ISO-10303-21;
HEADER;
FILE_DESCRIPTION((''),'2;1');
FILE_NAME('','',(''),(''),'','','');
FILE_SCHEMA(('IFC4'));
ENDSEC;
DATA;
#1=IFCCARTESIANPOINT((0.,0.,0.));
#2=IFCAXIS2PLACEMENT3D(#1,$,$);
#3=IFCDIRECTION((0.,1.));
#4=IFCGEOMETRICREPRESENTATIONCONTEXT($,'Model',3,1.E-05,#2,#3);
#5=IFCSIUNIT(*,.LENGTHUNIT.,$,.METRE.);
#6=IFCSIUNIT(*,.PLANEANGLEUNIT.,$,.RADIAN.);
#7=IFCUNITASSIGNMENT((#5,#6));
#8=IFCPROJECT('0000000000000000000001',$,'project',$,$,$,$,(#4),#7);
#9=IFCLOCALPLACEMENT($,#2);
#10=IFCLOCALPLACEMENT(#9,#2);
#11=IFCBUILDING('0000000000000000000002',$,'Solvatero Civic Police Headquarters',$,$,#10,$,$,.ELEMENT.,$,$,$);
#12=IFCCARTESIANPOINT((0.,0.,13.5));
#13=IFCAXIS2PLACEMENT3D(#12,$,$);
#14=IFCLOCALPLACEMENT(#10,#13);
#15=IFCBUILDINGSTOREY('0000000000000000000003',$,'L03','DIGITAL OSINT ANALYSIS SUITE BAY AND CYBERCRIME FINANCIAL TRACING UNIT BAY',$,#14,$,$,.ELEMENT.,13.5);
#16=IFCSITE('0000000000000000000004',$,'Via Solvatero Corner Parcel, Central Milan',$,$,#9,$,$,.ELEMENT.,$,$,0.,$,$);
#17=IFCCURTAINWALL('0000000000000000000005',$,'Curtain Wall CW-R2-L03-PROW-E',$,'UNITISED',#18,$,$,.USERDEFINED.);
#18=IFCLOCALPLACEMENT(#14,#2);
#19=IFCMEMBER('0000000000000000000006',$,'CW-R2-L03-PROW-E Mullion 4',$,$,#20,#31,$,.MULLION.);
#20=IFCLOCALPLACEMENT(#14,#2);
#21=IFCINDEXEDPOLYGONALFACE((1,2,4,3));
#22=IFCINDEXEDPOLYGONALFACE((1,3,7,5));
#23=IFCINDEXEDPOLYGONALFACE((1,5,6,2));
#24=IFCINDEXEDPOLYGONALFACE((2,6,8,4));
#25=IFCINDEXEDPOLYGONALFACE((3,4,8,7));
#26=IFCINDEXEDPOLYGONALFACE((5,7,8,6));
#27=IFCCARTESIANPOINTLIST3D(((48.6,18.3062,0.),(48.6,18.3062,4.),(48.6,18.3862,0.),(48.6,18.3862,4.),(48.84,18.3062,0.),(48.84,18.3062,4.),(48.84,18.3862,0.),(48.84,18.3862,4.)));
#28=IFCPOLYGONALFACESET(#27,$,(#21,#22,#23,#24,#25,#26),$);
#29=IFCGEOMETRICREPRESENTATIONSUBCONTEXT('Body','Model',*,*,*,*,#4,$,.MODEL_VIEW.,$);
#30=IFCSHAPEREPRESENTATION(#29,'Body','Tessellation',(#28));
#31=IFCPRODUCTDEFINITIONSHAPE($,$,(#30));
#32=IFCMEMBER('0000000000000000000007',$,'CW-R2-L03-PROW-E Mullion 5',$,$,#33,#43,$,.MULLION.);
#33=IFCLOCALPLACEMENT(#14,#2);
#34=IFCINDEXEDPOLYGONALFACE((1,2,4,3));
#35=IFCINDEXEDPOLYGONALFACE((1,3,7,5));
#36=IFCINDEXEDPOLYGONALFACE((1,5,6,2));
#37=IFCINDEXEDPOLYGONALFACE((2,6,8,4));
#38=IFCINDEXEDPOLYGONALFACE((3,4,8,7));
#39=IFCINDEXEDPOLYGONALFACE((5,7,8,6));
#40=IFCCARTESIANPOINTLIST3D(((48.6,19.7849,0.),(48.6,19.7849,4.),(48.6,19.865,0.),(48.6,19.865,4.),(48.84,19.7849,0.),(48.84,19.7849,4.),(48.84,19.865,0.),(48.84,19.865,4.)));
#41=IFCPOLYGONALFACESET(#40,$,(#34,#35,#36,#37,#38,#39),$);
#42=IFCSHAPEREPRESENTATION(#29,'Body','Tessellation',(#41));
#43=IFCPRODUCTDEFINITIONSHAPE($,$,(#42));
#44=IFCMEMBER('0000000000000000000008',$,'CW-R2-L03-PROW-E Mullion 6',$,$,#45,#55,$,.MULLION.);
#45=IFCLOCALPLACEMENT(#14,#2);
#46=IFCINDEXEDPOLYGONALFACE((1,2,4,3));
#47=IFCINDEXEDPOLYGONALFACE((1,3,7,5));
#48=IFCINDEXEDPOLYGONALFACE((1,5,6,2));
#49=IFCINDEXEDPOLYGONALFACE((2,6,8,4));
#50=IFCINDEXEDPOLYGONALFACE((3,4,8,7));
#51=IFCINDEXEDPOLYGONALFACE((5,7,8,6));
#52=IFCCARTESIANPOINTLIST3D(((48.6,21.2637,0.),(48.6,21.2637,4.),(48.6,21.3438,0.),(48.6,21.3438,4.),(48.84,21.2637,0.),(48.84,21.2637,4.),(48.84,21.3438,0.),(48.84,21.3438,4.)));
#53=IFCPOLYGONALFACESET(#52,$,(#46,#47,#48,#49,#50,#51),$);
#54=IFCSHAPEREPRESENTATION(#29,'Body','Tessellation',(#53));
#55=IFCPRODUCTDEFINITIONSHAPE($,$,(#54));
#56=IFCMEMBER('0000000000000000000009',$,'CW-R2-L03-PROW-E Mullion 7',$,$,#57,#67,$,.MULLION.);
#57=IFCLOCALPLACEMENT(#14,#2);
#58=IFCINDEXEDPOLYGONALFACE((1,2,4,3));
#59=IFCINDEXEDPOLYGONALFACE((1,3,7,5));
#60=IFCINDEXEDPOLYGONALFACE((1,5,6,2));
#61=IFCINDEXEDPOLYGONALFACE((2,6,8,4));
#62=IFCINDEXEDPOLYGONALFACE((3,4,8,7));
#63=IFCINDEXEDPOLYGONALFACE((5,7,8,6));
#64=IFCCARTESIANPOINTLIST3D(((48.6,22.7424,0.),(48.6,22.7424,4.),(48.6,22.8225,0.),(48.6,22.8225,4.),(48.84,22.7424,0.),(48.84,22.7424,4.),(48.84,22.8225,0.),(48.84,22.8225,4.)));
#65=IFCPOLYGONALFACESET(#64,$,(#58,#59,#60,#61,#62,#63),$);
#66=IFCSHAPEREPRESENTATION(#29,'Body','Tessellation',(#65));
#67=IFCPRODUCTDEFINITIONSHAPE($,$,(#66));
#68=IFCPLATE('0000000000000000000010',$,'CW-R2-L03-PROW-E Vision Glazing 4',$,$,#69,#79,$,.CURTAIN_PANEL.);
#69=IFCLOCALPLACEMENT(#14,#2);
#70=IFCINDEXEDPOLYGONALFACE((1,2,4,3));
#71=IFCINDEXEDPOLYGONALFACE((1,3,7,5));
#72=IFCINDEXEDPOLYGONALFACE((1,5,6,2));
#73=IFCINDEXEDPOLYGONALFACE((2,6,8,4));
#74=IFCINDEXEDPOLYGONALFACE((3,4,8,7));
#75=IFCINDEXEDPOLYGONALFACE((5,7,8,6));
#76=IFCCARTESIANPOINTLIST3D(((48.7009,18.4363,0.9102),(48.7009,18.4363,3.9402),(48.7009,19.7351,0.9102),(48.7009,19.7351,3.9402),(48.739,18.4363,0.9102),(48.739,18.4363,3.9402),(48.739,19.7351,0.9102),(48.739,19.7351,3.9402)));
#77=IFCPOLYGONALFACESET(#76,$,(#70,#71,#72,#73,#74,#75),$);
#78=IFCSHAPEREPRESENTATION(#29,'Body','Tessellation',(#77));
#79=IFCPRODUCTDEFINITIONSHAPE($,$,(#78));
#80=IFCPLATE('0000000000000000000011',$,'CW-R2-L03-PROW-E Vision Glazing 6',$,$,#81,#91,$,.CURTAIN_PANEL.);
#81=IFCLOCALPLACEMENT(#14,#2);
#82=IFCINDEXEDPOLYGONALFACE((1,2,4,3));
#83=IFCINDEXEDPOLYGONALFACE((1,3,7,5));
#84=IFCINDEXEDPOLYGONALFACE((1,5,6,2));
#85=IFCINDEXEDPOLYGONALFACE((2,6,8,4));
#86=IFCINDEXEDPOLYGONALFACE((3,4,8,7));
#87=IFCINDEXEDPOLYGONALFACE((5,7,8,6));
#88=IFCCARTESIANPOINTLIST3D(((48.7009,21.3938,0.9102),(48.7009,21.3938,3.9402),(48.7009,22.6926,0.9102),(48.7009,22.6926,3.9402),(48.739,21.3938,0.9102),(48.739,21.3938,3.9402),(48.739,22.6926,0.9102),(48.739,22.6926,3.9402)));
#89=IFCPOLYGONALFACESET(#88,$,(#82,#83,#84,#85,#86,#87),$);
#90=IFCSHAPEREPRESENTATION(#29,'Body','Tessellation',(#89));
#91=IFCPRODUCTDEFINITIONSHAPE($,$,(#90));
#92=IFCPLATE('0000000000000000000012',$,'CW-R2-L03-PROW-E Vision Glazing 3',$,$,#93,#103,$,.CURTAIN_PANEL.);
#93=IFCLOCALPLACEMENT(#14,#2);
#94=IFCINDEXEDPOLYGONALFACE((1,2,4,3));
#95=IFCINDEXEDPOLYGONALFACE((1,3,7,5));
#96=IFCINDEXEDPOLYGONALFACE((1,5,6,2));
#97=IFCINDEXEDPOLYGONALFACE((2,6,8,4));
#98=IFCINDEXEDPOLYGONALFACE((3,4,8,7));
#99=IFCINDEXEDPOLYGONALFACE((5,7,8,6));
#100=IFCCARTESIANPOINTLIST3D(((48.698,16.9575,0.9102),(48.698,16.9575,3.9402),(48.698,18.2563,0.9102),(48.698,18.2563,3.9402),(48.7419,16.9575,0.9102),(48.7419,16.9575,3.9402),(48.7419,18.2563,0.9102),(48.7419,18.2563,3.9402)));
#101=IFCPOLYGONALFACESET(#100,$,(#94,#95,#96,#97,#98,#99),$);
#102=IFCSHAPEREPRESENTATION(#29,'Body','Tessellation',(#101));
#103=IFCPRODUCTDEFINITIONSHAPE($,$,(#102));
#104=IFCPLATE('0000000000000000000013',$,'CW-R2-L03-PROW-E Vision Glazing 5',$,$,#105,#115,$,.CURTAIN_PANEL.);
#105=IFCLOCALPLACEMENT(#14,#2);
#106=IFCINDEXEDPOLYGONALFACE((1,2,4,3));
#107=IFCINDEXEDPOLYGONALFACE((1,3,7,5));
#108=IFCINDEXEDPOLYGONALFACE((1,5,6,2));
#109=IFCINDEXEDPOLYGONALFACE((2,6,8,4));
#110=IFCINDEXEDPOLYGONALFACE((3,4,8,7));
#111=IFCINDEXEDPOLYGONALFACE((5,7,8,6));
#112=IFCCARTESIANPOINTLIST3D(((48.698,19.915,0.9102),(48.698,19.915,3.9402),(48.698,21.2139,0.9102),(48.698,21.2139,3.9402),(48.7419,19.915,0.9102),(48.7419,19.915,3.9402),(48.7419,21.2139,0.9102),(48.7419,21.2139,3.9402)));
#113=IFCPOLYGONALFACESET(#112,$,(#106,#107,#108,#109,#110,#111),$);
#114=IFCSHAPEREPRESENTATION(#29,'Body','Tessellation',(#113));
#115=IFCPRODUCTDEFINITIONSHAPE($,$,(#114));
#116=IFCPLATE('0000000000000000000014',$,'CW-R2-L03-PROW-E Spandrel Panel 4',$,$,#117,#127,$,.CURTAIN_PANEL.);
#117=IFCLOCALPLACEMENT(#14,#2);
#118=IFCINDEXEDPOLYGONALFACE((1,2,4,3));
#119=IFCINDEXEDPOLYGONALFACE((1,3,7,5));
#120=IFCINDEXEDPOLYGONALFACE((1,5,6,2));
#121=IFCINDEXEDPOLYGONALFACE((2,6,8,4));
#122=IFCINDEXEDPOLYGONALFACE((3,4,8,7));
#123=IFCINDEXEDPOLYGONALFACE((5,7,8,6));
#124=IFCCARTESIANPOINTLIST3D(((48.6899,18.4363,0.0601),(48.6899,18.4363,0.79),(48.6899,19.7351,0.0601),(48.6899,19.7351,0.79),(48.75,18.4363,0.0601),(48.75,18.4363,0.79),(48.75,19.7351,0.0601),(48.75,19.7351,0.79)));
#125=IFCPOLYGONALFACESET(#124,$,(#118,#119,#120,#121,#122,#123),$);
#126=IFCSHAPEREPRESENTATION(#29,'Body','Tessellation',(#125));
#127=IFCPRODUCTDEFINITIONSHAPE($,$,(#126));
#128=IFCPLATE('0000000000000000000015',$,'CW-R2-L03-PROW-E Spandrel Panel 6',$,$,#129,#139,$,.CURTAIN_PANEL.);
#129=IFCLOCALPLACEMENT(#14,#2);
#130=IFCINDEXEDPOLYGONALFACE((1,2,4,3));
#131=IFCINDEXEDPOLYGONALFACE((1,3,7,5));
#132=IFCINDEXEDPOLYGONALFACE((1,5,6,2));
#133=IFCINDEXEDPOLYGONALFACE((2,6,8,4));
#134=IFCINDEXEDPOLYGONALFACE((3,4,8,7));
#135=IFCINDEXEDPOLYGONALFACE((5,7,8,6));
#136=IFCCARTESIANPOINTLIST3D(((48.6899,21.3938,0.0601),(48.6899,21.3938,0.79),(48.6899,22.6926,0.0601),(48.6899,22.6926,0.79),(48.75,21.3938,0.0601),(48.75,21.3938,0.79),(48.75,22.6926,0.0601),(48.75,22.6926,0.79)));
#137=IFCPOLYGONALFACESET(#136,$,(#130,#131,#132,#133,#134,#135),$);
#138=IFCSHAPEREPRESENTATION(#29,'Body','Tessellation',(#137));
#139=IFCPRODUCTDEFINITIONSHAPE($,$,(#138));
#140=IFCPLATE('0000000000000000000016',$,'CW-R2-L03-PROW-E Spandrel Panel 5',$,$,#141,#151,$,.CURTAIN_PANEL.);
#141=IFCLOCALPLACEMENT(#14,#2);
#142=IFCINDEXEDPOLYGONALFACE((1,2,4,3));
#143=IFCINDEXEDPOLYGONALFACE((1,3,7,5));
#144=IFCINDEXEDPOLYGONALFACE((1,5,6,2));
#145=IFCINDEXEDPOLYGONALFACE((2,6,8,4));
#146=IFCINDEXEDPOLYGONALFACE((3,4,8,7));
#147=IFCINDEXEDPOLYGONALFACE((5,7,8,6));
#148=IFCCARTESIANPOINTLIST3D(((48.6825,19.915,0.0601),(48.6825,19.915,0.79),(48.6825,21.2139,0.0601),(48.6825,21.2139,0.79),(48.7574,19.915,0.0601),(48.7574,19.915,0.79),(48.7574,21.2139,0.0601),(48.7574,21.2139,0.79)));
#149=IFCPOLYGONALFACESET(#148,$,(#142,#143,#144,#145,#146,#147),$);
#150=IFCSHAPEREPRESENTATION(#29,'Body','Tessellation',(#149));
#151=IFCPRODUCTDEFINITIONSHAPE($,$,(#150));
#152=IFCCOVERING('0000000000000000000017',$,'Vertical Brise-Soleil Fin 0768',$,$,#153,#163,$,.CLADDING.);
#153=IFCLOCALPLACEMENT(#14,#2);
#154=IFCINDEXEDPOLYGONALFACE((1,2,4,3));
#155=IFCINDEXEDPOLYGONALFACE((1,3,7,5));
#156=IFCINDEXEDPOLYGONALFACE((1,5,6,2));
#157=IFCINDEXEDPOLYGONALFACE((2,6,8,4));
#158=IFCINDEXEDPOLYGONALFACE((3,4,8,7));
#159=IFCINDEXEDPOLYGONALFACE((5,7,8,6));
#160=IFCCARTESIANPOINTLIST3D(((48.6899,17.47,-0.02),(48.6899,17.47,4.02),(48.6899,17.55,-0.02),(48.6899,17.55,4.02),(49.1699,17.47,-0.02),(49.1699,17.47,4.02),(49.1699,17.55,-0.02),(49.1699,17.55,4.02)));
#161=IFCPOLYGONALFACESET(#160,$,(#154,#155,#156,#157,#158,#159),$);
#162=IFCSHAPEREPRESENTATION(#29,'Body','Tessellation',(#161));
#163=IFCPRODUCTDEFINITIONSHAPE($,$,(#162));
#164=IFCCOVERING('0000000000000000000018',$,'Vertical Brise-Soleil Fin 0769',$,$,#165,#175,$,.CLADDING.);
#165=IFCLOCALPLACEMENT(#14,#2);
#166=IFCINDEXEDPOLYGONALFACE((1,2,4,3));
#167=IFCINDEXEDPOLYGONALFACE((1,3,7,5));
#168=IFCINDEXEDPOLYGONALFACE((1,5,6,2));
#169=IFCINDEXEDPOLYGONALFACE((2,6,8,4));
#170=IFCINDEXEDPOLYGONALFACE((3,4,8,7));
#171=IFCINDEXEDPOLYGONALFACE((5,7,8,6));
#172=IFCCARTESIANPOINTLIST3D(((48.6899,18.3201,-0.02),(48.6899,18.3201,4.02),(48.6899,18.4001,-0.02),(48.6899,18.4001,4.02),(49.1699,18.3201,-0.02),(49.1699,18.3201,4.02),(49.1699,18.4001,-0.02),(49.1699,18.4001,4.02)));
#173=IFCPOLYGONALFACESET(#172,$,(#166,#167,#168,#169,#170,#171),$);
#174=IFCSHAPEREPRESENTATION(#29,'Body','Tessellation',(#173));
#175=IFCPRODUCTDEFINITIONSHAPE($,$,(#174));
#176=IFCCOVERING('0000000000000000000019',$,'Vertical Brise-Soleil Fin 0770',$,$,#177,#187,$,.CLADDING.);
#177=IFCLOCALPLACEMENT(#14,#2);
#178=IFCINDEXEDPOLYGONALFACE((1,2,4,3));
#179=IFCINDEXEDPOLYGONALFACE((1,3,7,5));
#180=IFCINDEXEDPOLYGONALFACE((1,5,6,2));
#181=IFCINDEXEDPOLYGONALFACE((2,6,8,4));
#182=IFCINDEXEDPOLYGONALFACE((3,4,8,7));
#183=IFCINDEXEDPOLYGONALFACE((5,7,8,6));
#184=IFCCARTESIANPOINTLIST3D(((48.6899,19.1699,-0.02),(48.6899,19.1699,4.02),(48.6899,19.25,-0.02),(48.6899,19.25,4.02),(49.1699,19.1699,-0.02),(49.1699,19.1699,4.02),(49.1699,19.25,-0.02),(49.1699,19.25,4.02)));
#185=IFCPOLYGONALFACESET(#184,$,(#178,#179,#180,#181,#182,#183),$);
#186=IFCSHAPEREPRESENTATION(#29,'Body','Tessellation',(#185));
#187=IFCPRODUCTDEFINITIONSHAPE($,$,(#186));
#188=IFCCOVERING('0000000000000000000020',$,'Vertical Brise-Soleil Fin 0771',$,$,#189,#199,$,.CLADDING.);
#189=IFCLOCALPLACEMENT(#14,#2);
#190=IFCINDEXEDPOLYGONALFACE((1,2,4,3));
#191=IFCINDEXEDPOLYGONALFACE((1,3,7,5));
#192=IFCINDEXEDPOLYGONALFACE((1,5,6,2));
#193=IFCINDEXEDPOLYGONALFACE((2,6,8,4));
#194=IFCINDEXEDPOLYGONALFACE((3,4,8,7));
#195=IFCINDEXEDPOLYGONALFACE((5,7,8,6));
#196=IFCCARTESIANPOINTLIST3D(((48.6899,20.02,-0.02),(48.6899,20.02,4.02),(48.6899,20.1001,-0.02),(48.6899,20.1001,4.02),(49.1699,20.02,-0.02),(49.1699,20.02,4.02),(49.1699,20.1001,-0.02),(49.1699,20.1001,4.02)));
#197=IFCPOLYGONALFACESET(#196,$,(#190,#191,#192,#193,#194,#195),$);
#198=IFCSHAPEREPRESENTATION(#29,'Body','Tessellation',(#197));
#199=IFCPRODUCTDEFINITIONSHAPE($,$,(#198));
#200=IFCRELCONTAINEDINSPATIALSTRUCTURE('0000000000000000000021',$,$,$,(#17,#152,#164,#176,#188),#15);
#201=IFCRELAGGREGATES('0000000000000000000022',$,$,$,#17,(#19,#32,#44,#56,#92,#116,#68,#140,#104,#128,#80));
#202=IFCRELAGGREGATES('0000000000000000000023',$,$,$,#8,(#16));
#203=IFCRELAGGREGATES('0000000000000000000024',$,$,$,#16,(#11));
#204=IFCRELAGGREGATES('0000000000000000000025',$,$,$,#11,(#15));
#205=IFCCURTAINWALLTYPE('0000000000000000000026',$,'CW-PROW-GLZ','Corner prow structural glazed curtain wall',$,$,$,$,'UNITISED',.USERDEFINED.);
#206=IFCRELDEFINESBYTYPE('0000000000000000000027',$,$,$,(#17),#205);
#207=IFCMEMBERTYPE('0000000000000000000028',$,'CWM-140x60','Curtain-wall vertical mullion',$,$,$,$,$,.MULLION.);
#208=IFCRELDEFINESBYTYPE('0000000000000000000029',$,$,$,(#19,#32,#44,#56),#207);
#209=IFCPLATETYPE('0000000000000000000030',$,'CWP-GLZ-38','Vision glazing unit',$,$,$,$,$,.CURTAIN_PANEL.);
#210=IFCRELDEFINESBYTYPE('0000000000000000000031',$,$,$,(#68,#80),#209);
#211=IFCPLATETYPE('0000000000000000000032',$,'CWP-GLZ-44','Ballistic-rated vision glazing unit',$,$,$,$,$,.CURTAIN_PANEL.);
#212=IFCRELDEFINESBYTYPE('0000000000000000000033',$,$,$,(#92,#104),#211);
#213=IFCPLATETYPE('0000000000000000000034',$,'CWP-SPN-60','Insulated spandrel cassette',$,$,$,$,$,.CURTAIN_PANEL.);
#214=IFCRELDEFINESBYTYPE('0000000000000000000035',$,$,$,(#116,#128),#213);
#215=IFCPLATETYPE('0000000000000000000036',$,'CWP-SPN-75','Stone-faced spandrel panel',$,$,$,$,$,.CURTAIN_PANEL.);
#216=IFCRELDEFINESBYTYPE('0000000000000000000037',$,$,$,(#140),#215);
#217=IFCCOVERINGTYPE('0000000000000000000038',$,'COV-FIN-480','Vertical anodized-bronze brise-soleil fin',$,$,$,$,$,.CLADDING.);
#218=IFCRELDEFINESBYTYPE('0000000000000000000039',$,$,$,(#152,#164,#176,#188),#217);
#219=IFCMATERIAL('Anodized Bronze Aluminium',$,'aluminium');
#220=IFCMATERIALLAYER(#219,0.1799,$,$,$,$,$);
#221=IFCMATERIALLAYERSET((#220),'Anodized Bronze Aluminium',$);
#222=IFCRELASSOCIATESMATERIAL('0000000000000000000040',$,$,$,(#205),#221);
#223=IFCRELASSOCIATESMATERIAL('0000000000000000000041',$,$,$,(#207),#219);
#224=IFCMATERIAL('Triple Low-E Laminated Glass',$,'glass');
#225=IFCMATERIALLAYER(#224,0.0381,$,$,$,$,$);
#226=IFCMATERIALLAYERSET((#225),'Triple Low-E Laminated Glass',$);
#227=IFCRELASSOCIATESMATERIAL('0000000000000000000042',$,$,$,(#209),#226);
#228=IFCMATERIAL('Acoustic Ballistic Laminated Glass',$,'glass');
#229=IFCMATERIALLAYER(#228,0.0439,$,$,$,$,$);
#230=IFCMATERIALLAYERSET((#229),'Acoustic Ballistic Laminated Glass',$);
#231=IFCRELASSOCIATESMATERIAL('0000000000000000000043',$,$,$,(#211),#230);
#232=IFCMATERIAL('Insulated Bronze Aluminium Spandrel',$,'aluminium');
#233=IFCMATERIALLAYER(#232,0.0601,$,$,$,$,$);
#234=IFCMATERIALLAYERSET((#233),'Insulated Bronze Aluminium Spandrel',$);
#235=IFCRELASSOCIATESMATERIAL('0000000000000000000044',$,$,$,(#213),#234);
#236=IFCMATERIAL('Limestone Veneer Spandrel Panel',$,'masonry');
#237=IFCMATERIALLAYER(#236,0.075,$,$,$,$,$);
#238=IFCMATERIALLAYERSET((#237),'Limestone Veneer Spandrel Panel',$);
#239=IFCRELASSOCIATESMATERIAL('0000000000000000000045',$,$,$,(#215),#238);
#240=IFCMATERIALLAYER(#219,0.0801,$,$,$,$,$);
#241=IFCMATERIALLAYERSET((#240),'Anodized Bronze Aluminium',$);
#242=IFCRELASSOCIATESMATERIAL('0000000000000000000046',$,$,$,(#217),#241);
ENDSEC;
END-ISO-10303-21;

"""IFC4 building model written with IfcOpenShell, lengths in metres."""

from ifc_helpers import new_model, si_unit, direction, frame, origin, origin_2d, place, context, subcontext, project, spatial, rectangle, extrude, material, layer, layer_set, material_profile, profile_set, type_object, element, aggregate, save


model = new_model("IFC4")

# Units and contexts
model_context = context("Model", 3, precision=1e-05, world=origin(), true_north=direction((0.0, 1.0)))
body_context = subcontext(model_context, "Body", "Model", "MODEL_VIEW")
ifc_project = project(units=[si_unit("LENGTHUNIT", "METRE"), si_unit("PLANEANGLEUNIT", "RADIAN")], contexts=[model_context])

# Site, building, storey
site_placement = place(None, origin())
site = spatial("IfcSite", under=ifc_project, at=site_placement, Name="Via Solvatero Corner Parcel, Central Milan", CompositionType="ELEMENT", RefElevation=0.0)
building_placement = place(site_placement, origin())
building = spatial("IfcBuilding", under=site, at=building_placement, Name="Solvatero Civic Police Headquarters", CompositionType="ELEMENT")
storey_placement = place(building_placement, frame((0.0, 0.0, 13.5)))
storey = spatial("IfcBuildingStorey", under=building, at=storey_placement, Name="L03", Description="DIGITAL OSINT ANALYSIS SUITE BAY AND CYBERCRIME FINANCIAL TRACING UNIT BAY", CompositionType="ELEMENT", Elevation=13.5)

# Curtain wall, members, plates
ifc_material_1 = material(Name="Anodized Bronze Aluminium", Category="aluminium")
ifc_layer_1 = layer(ifc_material_1, 0.1799)
ifc_layer_set_1 = layer_set([ifc_layer_1], Name="Anodized Bronze Aluminium")
curtain_wall_type = type_object("IfcCurtainWallType", Name="CW-PROW-GLZ", Description="Corner prow structural glazed curtain wall", ElementType="UNITISED", PredefinedType="USERDEFINED", material=ifc_layer_set_1)
curtain_wall_placement = place(storey_placement, origin())
curtain_wall = element("IfcCurtainWall", 1, at=curtain_wall_placement, inside=storey, type_object=curtain_wall_type, Name="Curtain Wall CW-R2-L03-PROW-E", ObjectType="UNITISED", PredefinedType="USERDEFINED")
ifc_material_profile = material_profile(ifc_material_1, rectangle(XDim=0.0801, YDim=0.24, at=origin_2d()), Name="ALU MULLION 80x240")
ifc_profile_set = profile_set([ifc_material_profile], Name="Anodized Bronze Aluminium")
member_type = type_object("IfcMemberType", Name="CWM-140x60", Description="Curtain-wall vertical mullion", PredefinedType="MULLION", material=ifc_profile_set)
member_1_placement = place(storey_placement, frame((48.72, 18.3462, 0.0), z_axis=(0.0, 0.0, 1.0), x_axis=(0.0, 1.0, 0.0)))
member_1 = element("IfcMember", 2, at=member_1_placement, type_object=member_type, Name="CW-R2-L03-PROW-E Mullion 4", PredefinedType="MULLION", context=body_context, shape_type="SweptSolid", body=[
    extrude(rectangle(XDim=0.0801, YDim=0.24, at=origin_2d()), origin(), (0.0, 0.0, 1.0), 4.0),
])
member_2_placement = place(storey_placement, frame((48.72, 19.825, 0.0), z_axis=(0.0, 0.0, 1.0), x_axis=(0.0, 1.0, 0.0)))
member_2 = element("IfcMember", 3, at=member_2_placement, type_object=member_type, Name="CW-R2-L03-PROW-E Mullion 5", PredefinedType="MULLION", context=body_context, shape_type="SweptSolid", body=[
    extrude(rectangle(XDim=0.0801, YDim=0.24, at=origin_2d()), origin(), (0.0, 0.0, 1.0), 4.0),
])
member_3_placement = place(storey_placement, frame((48.72, 21.3037, 0.0), z_axis=(0.0, 0.0, 1.0), x_axis=(0.0, 1.0, 0.0)))
member_3 = element("IfcMember", 4, at=member_3_placement, type_object=member_type, Name="CW-R2-L03-PROW-E Mullion 6", PredefinedType="MULLION", context=body_context, shape_type="SweptSolid", body=[
    extrude(rectangle(XDim=0.0801, YDim=0.24, at=origin_2d()), origin(), (0.0, 0.0, 1.0), 4.0),
])
member_4_placement = place(storey_placement, frame((48.72, 22.7825, 0.0), z_axis=(0.0, 0.0, 1.0), x_axis=(0.0, 1.0, 0.0)))
member_4 = element("IfcMember", 5, at=member_4_placement, type_object=member_type, Name="CW-R2-L03-PROW-E Mullion 7", PredefinedType="MULLION", context=body_context, shape_type="SweptSolid", body=[
    extrude(rectangle(XDim=0.0801, YDim=0.24, at=origin_2d()), origin(), (0.0, 0.0, 1.0), 4.0),
])
ifc_material_2 = material(Name="Triple Low-E Laminated Glass", Category="glass")
ifc_layer_2 = layer(ifc_material_2, 0.0381)
ifc_layer_set_2 = layer_set([ifc_layer_2], Name="Triple Low-E Laminated Glass")
plate_type_1 = type_object("IfcPlateType", Name="CWP-GLZ-38", Description="Vision glazing unit", PredefinedType="CURTAIN_PANEL", material=ifc_layer_set_2)
plate_1_placement = place(storey_placement, frame((48.72, 19.0857, 0.9102), z_axis=(0.0, 0.0, 1.0), x_axis=(0.0, 1.0, 0.0)))
plate_1 = element("IfcPlate", 6, at=plate_1_placement, type_object=plate_type_1, Name="CW-R2-L03-PROW-E Vision Glazing 4", PredefinedType="CURTAIN_PANEL", context=body_context, shape_type="SweptSolid", body=[
    extrude(rectangle(XDim=1.2988, YDim=0.0381, at=origin_2d()), origin(), (0.0, 0.0, 1.0), 3.03),
])
plate_2_placement = place(storey_placement, frame((48.72, 22.0432, 0.9102), z_axis=(0.0, 0.0, 1.0), x_axis=(0.0, 1.0, 0.0)))
plate_2 = element("IfcPlate", 7, at=plate_2_placement, type_object=plate_type_1, Name="CW-R2-L03-PROW-E Vision Glazing 6", PredefinedType="CURTAIN_PANEL", context=body_context, shape_type="SweptSolid", body=[
    extrude(rectangle(XDim=1.2988, YDim=0.0381, at=origin_2d()), origin(), (0.0, 0.0, 1.0), 3.03),
])
ifc_material_3 = material(Name="Acoustic Ballistic Laminated Glass", Category="glass")
ifc_layer_3 = layer(ifc_material_3, 0.0439)
ifc_layer_set_3 = layer_set([ifc_layer_3], Name="Acoustic Ballistic Laminated Glass")
plate_type_2 = type_object("IfcPlateType", Name="CWP-GLZ-44", Description="Ballistic-rated vision glazing unit", PredefinedType="CURTAIN_PANEL", material=ifc_layer_set_3)
plate_3_placement = place(storey_placement, frame((48.72, 17.6069, 0.9102), z_axis=(0.0, 0.0, 1.0), x_axis=(0.0, 1.0, 0.0)))
plate_3 = element("IfcPlate", 8, at=plate_3_placement, type_object=plate_type_2, Name="CW-R2-L03-PROW-E Vision Glazing 3", PredefinedType="CURTAIN_PANEL", context=body_context, shape_type="SweptSolid", body=[
    extrude(rectangle(XDim=1.2988, YDim=0.0439, at=origin_2d()), origin(), (0.0, 0.0, 1.0), 3.03),
])
plate_4_placement = place(storey_placement, frame((48.72, 20.5645, 0.9102), z_axis=(0.0, 0.0, 1.0), x_axis=(0.0, 1.0, 0.0)))
plate_4 = element("IfcPlate", 9, at=plate_4_placement, type_object=plate_type_2, Name="CW-R2-L03-PROW-E Vision Glazing 5", PredefinedType="CURTAIN_PANEL", context=body_context, shape_type="SweptSolid", body=[
    extrude(rectangle(XDim=1.2988, YDim=0.0439, at=origin_2d()), origin(), (0.0, 0.0, 1.0), 3.03),
])
ifc_material_4 = material(Name="Insulated Bronze Aluminium Spandrel", Category="aluminium")
ifc_layer_4 = layer(ifc_material_4, 0.0601)
ifc_layer_set_4 = layer_set([ifc_layer_4], Name="Insulated Bronze Aluminium Spandrel")
plate_type_3 = type_object("IfcPlateType", Name="CWP-SPN-60", Description="Insulated spandrel cassette", PredefinedType="CURTAIN_PANEL", material=ifc_layer_set_4)
plate_5_placement = place(storey_placement, frame((48.72, 19.0857, 0.0601), z_axis=(0.0, 0.0, 1.0), x_axis=(0.0, 1.0, 0.0)))
plate_5 = element("IfcPlate", 10, at=plate_5_placement, type_object=plate_type_3, Name="CW-R2-L03-PROW-E Spandrel Panel 4", PredefinedType="CURTAIN_PANEL", context=body_context, shape_type="SweptSolid", body=[
    extrude(rectangle(XDim=1.2988, YDim=0.0601, at=origin_2d()), origin(), (0.0, 0.0, 1.0), 0.73),
])
plate_6_placement = place(storey_placement, frame((48.72, 22.0432, 0.0601), z_axis=(0.0, 0.0, 1.0), x_axis=(0.0, 1.0, 0.0)))
plate_6 = element("IfcPlate", 11, at=plate_6_placement, type_object=plate_type_3, Name="CW-R2-L03-PROW-E Spandrel Panel 6", PredefinedType="CURTAIN_PANEL", context=body_context, shape_type="SweptSolid", body=[
    extrude(rectangle(XDim=1.2988, YDim=0.0601, at=origin_2d()), origin(), (0.0, 0.0, 1.0), 0.73),
])
ifc_material_5 = material(Name="Limestone Veneer Spandrel Panel", Category="masonry")
ifc_layer_5 = layer(ifc_material_5, 0.075)
ifc_layer_set_5 = layer_set([ifc_layer_5], Name="Limestone Veneer Spandrel Panel")
plate_type_4 = type_object("IfcPlateType", Name="CWP-SPN-75", Description="Stone-faced spandrel panel", PredefinedType="CURTAIN_PANEL", material=ifc_layer_set_5)
plate_7_placement = place(storey_placement, frame((48.72, 20.5645, 0.0601), z_axis=(0.0, 0.0, 1.0), x_axis=(0.0, 1.0, 0.0)))
plate_7 = element("IfcPlate", 12, at=plate_7_placement, type_object=plate_type_4, Name="CW-R2-L03-PROW-E Spandrel Panel 5", PredefinedType="CURTAIN_PANEL", context=body_context, shape_type="SweptSolid", body=[
    extrude(rectangle(XDim=1.2988, YDim=0.075, at=origin_2d()), origin(), (0.0, 0.0, 1.0), 0.73),
])
aggregate(curtain_wall, [member_1, member_2, member_3, member_4, plate_3, plate_5, plate_1, plate_7, plate_4, plate_6, plate_2])

# Coverings
ifc_layer_6 = layer(ifc_material_1, 0.0801)
ifc_layer_set_6 = layer_set([ifc_layer_6], Name="Anodized Bronze Aluminium")
covering_type = type_object("IfcCoveringType", Name="COV-FIN-480", Description="Vertical anodized-bronze brise-soleil fin", PredefinedType="CLADDING", material=ifc_layer_set_6)
for number, where, z_axis, x_axis, name in (
    (13, (48.9299, 17.51, -0.02), (0.0, 0.0, 1.0), (0.0, 1.0, 0.0), "Vertical Brise-Soleil Fin 0768"),
    (14, (48.9299, 18.3601, -0.02), (0.0, 0.0, 1.0), (0.0, 1.0, 0.0), "Vertical Brise-Soleil Fin 0769"),
    (15, (48.9299, 19.21, -0.02), (0.0, 0.0, 1.0), (0.0, 1.0, 0.0), "Vertical Brise-Soleil Fin 0770"),
    (16, (48.9299, 20.0601, -0.02), (0.0, 0.0, 1.0), (0.0, 1.0, 0.0), "Vertical Brise-Soleil Fin 0771"),
):
    element("IfcCovering", number, at=place(storey_placement, frame(where, z_axis=z_axis, x_axis=x_axis)), inside=storey, type_object=covering_type, Name=name, PredefinedType="CLADDING", context=body_context, shape_type="SweptSolid", body=[
        extrude(rectangle(XDim=0.0801, YDim=0.48, at=origin_2d()), origin(), (0.0, 0.0, 1.0), 4.04),
    ])

save(model, "model.ifc")
